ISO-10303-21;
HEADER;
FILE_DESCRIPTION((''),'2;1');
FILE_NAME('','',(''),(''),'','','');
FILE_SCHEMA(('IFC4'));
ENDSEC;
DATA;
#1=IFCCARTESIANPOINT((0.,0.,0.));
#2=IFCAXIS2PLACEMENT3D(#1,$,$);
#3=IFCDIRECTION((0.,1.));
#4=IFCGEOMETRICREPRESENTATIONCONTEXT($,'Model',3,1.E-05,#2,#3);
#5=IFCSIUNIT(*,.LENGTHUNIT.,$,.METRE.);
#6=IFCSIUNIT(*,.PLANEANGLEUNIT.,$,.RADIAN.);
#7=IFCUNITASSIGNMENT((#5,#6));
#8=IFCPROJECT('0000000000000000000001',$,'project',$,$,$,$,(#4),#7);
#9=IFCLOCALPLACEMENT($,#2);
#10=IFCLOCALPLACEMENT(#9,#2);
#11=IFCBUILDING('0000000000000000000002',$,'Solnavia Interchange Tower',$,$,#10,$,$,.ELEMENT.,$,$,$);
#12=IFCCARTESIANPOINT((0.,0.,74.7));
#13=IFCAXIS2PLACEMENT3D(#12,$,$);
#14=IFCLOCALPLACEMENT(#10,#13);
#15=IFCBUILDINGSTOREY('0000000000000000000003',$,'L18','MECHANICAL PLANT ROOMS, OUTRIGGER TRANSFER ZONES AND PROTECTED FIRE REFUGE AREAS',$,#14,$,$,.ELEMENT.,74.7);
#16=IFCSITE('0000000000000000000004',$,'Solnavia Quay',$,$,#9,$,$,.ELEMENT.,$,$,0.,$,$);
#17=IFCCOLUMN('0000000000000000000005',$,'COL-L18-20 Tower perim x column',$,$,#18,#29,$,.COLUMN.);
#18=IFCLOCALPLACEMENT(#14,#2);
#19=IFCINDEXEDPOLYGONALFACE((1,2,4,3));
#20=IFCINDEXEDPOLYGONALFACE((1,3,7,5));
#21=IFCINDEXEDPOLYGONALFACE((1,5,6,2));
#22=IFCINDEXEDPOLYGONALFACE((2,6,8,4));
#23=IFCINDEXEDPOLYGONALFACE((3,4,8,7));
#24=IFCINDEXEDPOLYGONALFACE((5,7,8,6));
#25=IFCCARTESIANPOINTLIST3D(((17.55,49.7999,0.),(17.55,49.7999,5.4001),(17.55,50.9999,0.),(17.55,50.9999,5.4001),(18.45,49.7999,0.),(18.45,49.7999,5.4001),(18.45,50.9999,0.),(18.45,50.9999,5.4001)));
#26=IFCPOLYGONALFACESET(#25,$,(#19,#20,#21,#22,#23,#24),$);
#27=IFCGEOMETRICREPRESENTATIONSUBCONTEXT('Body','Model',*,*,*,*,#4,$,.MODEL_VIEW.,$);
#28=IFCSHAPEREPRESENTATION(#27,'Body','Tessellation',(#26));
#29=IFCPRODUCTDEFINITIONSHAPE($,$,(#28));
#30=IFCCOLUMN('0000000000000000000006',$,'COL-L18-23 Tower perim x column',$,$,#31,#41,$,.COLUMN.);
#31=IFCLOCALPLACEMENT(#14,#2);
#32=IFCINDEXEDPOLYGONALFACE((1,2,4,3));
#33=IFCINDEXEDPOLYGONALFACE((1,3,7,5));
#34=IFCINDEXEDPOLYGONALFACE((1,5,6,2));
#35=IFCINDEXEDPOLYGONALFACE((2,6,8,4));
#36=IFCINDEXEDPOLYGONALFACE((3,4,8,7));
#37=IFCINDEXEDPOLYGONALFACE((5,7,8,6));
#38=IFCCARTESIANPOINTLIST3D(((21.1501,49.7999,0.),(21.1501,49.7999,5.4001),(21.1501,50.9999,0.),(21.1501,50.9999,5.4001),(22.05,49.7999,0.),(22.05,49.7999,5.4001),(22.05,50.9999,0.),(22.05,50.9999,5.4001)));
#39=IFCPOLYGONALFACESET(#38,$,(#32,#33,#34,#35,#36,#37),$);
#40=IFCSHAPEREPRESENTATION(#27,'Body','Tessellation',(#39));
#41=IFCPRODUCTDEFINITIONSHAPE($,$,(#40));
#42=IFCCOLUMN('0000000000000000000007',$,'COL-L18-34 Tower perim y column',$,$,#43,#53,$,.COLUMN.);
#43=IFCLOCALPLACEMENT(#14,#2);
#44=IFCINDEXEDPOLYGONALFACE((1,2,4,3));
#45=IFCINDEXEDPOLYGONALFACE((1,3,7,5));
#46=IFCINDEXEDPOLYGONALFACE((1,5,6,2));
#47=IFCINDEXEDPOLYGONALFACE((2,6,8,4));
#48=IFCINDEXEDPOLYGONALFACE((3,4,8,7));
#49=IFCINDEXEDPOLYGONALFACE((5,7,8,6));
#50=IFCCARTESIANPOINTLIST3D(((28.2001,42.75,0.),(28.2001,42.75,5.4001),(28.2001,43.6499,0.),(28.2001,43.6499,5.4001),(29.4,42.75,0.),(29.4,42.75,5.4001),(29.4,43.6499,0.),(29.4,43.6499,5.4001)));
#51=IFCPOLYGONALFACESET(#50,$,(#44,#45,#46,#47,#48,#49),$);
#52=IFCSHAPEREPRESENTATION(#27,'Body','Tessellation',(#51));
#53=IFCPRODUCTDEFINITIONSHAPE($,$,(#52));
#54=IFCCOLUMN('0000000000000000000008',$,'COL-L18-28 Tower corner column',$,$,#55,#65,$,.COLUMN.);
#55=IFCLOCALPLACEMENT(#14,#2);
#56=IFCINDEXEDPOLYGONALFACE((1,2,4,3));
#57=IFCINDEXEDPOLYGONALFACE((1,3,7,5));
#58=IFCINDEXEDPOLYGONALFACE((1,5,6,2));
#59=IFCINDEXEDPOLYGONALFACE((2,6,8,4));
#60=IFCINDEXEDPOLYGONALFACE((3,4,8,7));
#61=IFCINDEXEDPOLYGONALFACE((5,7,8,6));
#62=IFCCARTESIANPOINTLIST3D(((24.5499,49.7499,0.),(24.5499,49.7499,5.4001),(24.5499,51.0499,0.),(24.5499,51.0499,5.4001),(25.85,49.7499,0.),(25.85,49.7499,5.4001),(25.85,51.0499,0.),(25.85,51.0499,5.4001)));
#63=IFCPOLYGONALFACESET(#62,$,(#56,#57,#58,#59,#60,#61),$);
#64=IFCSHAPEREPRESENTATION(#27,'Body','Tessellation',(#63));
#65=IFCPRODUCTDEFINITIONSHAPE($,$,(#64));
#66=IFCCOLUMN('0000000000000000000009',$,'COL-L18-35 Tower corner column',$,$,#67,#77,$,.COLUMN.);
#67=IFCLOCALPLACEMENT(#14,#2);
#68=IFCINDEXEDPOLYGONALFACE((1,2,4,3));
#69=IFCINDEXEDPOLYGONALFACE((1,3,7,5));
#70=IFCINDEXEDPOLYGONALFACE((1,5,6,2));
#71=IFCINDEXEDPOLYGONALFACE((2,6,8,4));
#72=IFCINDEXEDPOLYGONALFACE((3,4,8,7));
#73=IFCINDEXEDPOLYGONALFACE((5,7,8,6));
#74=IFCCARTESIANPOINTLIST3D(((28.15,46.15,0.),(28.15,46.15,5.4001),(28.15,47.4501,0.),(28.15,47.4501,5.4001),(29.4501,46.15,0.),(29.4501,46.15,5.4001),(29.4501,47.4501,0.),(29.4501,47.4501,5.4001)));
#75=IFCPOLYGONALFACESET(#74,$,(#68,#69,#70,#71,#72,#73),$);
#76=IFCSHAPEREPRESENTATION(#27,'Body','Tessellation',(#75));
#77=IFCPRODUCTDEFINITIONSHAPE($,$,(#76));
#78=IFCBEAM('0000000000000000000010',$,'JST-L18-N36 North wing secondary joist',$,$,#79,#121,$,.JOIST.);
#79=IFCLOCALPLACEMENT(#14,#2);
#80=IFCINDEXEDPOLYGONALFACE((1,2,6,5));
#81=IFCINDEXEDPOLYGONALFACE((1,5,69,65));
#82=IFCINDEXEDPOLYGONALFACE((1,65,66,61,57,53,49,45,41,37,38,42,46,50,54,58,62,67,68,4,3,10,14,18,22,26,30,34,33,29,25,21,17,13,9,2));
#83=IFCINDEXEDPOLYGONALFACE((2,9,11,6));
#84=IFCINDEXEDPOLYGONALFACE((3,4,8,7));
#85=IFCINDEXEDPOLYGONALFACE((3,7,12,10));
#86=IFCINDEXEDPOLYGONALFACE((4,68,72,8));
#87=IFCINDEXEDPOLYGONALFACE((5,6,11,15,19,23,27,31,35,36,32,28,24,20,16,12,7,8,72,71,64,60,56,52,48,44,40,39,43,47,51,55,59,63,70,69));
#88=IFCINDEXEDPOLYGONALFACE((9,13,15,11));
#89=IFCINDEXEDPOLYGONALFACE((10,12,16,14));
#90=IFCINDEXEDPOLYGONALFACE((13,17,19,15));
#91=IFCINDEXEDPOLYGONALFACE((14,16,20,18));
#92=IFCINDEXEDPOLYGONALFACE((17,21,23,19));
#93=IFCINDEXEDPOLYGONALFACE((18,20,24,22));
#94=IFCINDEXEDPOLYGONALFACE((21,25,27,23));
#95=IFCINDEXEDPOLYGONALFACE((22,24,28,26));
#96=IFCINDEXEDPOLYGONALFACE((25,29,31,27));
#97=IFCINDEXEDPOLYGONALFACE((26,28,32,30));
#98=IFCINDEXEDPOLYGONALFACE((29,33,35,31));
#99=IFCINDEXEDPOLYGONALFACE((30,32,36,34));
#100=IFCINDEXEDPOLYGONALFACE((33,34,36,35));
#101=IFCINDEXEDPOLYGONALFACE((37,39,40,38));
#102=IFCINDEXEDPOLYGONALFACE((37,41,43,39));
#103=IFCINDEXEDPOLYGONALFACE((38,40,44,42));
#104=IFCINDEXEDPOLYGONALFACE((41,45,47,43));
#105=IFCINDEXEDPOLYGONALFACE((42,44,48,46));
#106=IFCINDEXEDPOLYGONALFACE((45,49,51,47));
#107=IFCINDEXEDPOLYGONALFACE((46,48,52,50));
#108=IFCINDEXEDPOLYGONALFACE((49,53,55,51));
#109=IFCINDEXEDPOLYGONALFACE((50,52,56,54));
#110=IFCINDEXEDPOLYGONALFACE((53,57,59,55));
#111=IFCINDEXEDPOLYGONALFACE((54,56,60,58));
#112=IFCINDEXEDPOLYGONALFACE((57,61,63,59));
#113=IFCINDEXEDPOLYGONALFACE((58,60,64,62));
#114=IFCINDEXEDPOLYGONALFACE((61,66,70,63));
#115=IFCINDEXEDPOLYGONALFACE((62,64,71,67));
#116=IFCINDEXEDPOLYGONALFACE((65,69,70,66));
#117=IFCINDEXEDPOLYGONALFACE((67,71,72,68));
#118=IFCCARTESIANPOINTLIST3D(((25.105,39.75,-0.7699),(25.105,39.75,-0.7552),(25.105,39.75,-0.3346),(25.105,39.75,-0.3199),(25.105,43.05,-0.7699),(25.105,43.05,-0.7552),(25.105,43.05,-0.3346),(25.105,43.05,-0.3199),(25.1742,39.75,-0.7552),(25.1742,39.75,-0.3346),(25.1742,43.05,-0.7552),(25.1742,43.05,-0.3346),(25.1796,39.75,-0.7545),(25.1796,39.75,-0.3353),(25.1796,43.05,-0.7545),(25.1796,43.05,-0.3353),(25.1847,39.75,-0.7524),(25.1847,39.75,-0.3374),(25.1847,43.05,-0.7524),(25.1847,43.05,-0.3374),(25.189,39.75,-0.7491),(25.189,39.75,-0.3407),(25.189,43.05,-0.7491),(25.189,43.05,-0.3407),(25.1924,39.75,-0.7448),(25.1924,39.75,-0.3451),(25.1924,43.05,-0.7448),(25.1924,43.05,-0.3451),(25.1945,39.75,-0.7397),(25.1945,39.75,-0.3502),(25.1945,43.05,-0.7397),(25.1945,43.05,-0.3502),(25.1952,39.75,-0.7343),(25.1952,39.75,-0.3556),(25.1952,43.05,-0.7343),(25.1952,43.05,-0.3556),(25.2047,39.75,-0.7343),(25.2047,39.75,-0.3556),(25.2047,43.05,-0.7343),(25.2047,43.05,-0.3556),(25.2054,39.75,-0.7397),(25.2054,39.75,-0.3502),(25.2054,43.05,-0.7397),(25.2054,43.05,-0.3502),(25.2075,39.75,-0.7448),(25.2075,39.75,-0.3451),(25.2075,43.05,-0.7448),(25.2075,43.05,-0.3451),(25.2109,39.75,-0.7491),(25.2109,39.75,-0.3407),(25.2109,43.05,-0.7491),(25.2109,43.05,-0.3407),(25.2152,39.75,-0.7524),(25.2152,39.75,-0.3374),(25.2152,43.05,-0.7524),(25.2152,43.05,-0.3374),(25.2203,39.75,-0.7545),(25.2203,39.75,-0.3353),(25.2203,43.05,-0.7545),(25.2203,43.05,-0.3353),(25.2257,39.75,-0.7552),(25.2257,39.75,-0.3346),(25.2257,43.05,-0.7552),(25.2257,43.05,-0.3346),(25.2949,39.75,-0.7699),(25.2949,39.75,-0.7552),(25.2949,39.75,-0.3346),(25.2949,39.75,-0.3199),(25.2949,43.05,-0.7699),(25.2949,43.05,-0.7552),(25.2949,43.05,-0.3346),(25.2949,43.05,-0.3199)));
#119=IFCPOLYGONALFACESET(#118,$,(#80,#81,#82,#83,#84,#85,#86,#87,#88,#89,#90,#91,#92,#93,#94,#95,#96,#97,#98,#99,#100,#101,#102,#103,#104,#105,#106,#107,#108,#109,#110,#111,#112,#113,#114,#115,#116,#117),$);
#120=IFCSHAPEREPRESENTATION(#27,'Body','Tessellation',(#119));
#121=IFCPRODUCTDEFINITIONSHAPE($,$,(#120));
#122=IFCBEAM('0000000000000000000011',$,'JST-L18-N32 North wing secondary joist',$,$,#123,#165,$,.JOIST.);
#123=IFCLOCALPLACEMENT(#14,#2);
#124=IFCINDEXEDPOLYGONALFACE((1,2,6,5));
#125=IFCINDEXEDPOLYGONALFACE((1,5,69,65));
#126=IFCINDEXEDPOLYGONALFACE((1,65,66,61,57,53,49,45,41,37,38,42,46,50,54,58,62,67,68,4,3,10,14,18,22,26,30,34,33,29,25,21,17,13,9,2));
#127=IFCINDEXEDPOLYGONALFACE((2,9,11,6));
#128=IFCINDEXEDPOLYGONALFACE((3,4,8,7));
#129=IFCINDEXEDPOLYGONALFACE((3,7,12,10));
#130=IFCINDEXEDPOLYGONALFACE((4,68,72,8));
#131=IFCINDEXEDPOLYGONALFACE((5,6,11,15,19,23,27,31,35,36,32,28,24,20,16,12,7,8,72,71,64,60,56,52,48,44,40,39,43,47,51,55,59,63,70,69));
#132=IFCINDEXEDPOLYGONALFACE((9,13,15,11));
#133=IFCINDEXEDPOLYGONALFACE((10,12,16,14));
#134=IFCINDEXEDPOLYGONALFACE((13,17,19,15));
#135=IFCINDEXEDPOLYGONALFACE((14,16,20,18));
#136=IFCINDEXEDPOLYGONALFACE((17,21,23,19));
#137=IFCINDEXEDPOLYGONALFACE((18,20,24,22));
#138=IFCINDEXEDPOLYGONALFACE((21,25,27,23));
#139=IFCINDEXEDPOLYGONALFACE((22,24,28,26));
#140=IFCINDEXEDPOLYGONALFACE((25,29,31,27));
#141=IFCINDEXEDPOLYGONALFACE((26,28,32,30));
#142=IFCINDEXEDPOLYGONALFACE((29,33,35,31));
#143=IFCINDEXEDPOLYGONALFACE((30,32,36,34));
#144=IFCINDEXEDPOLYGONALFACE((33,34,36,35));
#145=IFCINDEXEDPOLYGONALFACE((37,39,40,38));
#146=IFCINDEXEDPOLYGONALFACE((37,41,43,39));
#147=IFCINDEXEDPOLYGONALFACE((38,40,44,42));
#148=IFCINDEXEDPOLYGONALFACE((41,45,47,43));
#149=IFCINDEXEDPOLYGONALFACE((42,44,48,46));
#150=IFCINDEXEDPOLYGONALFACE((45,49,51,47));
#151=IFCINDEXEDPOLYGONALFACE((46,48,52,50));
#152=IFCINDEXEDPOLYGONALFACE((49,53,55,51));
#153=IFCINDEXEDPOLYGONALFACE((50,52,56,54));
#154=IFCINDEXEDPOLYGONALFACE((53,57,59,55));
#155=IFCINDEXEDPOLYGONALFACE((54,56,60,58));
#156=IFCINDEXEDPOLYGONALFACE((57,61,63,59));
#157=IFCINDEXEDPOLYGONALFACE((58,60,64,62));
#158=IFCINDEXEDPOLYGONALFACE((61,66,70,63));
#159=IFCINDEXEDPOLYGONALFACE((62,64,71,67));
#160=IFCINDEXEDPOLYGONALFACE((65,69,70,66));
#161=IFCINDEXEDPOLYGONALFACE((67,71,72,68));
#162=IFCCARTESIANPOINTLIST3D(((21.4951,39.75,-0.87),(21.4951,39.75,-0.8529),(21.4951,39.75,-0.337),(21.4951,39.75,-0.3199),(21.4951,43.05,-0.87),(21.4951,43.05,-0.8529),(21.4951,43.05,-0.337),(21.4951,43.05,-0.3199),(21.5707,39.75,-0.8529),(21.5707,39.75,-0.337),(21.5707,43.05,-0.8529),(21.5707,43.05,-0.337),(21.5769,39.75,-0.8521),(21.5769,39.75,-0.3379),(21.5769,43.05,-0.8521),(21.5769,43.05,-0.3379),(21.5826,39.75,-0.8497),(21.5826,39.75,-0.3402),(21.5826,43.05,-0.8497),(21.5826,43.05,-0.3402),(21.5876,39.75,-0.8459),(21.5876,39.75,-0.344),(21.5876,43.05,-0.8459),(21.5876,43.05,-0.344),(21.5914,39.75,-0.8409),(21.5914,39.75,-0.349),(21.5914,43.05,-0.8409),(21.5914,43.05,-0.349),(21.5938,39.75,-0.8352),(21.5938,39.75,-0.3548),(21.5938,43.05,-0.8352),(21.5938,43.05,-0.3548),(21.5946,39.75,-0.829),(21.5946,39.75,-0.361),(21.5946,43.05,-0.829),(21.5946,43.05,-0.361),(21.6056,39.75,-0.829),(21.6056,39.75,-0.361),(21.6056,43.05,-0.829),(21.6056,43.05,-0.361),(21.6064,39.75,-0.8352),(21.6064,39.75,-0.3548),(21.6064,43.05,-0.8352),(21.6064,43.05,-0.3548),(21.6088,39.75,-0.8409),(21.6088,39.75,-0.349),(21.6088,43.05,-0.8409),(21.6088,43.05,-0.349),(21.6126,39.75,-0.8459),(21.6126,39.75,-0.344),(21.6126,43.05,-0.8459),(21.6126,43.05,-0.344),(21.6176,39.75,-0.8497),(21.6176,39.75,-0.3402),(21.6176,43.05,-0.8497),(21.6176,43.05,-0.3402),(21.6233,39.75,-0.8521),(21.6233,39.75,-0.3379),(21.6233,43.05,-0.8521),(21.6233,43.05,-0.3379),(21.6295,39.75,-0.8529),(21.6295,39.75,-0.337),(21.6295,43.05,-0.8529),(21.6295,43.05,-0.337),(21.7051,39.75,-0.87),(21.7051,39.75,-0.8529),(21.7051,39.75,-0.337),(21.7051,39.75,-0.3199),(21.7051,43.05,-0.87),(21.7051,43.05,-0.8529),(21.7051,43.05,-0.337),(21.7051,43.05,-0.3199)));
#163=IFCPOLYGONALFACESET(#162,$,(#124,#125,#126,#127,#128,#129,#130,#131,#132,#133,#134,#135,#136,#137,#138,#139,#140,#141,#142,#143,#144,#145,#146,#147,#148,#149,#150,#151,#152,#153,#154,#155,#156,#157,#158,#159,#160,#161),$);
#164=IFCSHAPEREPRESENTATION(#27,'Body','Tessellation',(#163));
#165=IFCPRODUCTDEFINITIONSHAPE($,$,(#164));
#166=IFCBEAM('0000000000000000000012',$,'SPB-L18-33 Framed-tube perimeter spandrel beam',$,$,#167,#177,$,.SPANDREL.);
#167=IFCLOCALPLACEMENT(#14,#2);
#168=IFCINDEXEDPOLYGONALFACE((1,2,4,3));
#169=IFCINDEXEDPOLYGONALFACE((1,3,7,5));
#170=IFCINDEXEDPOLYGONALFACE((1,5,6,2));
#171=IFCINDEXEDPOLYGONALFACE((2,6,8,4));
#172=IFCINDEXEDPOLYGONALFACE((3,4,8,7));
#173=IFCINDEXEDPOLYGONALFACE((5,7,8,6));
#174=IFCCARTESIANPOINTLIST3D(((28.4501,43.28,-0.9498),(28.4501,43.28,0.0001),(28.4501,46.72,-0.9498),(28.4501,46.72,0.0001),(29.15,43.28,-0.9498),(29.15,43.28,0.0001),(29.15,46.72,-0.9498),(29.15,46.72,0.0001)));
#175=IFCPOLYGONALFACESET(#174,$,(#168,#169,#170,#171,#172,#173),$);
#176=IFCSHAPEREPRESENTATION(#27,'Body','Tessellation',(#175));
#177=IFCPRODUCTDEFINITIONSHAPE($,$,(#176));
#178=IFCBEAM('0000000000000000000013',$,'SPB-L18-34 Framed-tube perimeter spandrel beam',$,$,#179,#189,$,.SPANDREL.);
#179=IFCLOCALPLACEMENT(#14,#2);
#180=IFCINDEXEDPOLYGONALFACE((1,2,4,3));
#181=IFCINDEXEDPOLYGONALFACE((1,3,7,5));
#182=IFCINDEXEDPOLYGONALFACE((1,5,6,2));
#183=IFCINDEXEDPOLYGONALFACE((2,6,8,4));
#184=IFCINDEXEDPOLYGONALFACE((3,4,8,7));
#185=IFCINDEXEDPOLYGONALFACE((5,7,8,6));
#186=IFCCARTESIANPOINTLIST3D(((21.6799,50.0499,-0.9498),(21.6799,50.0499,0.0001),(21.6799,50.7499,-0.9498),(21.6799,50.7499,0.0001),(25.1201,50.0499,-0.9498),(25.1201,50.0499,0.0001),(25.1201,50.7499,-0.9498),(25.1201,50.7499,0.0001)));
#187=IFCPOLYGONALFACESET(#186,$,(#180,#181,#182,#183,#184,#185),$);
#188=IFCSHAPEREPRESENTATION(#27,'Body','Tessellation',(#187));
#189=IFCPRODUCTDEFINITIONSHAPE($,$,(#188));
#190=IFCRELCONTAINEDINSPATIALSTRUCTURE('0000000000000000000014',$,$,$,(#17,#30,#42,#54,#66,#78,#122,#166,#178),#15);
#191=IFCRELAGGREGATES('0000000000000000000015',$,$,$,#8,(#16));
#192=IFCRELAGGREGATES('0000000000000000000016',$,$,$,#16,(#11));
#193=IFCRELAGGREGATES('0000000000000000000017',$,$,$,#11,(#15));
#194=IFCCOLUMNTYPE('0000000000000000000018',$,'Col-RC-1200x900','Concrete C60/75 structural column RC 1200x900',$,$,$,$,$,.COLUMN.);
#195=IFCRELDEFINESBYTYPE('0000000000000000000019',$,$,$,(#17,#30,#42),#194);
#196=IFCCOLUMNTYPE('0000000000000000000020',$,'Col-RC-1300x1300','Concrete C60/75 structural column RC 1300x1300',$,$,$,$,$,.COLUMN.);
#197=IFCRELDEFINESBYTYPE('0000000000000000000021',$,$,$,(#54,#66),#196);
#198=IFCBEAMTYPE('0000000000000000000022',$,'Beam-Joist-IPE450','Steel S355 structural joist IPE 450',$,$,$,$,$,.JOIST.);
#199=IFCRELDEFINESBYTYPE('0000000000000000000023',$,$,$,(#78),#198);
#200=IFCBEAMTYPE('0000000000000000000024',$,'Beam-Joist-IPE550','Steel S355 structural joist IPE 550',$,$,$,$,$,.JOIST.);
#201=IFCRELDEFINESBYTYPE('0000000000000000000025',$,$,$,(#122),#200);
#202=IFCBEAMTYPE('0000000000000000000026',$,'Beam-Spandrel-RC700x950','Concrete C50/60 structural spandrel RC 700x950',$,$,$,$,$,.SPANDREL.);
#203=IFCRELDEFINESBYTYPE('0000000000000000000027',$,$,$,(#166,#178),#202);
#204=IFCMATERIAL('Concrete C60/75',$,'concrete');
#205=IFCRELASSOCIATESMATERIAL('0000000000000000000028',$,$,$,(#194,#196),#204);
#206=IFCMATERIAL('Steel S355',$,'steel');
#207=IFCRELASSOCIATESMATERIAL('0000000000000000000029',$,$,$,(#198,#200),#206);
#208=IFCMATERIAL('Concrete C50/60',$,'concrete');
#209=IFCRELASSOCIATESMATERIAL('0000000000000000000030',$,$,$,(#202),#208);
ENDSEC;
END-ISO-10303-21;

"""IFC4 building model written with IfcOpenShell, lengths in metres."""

from ifc_helpers import new_model, si_unit, direction, frame, origin, origin_2d, place, context, subcontext, project, spatial, rectangle, i_section, extrude, material, material_profile, profile_set, type_object, element, save


model = new_model("IFC4")

# Units and contexts
model_context = context("Model", 3, precision=1e-05, world=origin(), true_north=direction((0.0, 1.0)))
body_context = subcontext(model_context, "Body", "Model", "MODEL_VIEW")
ifc_project = project(units=[si_unit("LENGTHUNIT", "METRE"), si_unit("PLANEANGLEUNIT", "RADIAN")], contexts=[model_context])

# Site, building, storey
site_placement = place(None, origin())
site = spatial("IfcSite", under=ifc_project, at=site_placement, Name="Solnavia Quay", CompositionType="ELEMENT", RefElevation=0.0)
building_placement = place(site_placement, origin())
building = spatial("IfcBuilding", under=site, at=building_placement, Name="Solnavia Interchange Tower", CompositionType="ELEMENT")
storey_placement = place(building_placement, frame((0.0, 0.0, 74.7)))
storey = spatial("IfcBuildingStorey", under=building, at=storey_placement, Name="L18", Description="MECHANICAL PLANT ROOMS, OUTRIGGER TRANSFER ZONES AND PROTECTED FIRE REFUGE AREAS", CompositionType="ELEMENT", Elevation=74.7)

# Columns
ifc_material_1 = material(Name="Concrete C60/75", Category="concrete")
ifc_material_profile_1 = material_profile(ifc_material_1, rectangle(XDim=0.8999, YDim=1.2, at=origin_2d()), Name="RC 1200x900")
ifc_profile_set_1 = profile_set([ifc_material_profile_1], Name="Concrete C60/75")
column_type_1 = type_object("IfcColumnType", Name="Col-RC-1200x900", Description="Concrete C60/75 structural column RC 1200x900", PredefinedType="COLUMN", material=ifc_profile_set_1)
for number, where, z_axis, x_axis, name in (
    (1, (18.0, 50.3999, 0.0), (0.0, 0.0, 1.0), (1.0, 0.0, 0.0), "COL-L18-20 Tower perim x column"),
    (2, (21.6001, 50.3999, 0.0), (0.0, 0.0, 1.0), (1.0, 0.0, 0.0), "COL-L18-23 Tower perim x column"),
    (3, (28.8, 43.2, 0.0), (0.0, 0.0, 1.0), (0.0, 1.0, 0.0), "COL-L18-34 Tower perim y column"),
):
    element("IfcColumn", number, at=place(storey_placement, frame(where, z_axis=z_axis, x_axis=x_axis)), inside=storey, type_object=column_type_1, Name=name, PredefinedType="COLUMN", context=body_context, shape_type="SweptSolid", body=[
        extrude(rectangle(XDim=0.8999, YDim=1.2, at=origin_2d()), origin(), (0.0, 0.0, 1.0), 5.4001),
    ])
ifc_material_profile_2 = material_profile(ifc_material_1, rectangle(XDim=1.3, YDim=1.3, at=origin_2d()), Name="RC 1300x1300")
ifc_profile_set_2 = profile_set([ifc_material_profile_2], Name="Concrete C60/75")
column_type_2 = type_object("IfcColumnType", Name="Col-RC-1300x1300", Description="Concrete C60/75 structural column RC 1300x1300", PredefinedType="COLUMN", material=ifc_profile_set_2)
for number, where, z_axis, x_axis, name in (
    (4, (25.2, 50.3999, 0.0), (0.0, 0.0, 1.0), (1.0, 0.0, 0.0), "COL-L18-28 Tower corner column"),
    (5, (28.8, 46.8, 0.0), (0.0, 0.0, 1.0), (0.0, 1.0, 0.0), "COL-L18-35 Tower corner column"),
):
    element("IfcColumn", number, at=place(storey_placement, frame(where, z_axis=z_axis, x_axis=x_axis)), inside=storey, type_object=column_type_2, Name=name, PredefinedType="COLUMN", context=body_context, shape_type="SweptSolid", body=[
        extrude(rectangle(XDim=1.3, YDim=1.3, at=origin_2d()), origin(), (0.0, 0.0, 1.0), 5.4001),
    ])

# Beams
ifc_material_2 = material(Name="Steel S355", Category="steel")
ifc_material_profile_3 = material_profile(ifc_material_2, i_section(OverallWidth=0.1899, OverallDepth=0.45, WebThickness=0.0095, FlangeThickness=0.0146, FilletRadius=0.021, at=origin_2d()), Name="IPE 450")
ifc_profile_set_3 = profile_set([ifc_material_profile_3], Name="Steel S355")
beam_type_1 = type_object("IfcBeamType", Name="Beam-Joist-IPE450", Description="Steel S355 structural joist IPE 450", PredefinedType="JOIST", material=ifc_profile_set_3)
beam_1_placement = place(storey_placement, frame((25.2, 39.75, -0.5449), z_axis=(0.0, 1.0, 0.0), x_axis=(-1.0, 0.0, 0.0)))
element("IfcBeam", 6, at=beam_1_placement, inside=storey, type_object=beam_type_1, Name="JST-L18-N36 North wing secondary joist", PredefinedType="JOIST", context=body_context, shape_type="SweptSolid", body=[
    extrude(i_section(OverallWidth=0.1899, OverallDepth=0.45, WebThickness=0.0095, FlangeThickness=0.0146, FilletRadius=0.021, at=origin_2d()), origin(), (0.0, 0.0, 1.0), 3.3),
])
ifc_material_profile_4 = material_profile(ifc_material_2, i_section(OverallWidth=0.21, OverallDepth=0.55, WebThickness=0.011, FlangeThickness=0.0171, FilletRadius=0.0239, at=origin_2d()), Name="IPE 550")
ifc_profile_set_4 = profile_set([ifc_material_profile_4], Name="Steel S355")
beam_type_2 = type_object("IfcBeamType", Name="Beam-Joist-IPE550", Description="Steel S355 structural joist IPE 550", PredefinedType="JOIST", material=ifc_profile_set_4)
beam_2_placement = place(storey_placement, frame((21.6001, 39.75, -0.595), z_axis=(0.0, 1.0, 0.0), x_axis=(-1.0, 0.0, 0.0)))
element("IfcBeam", 7, at=beam_2_placement, inside=storey, type_object=beam_type_2, Name="JST-L18-N32 North wing secondary joist", PredefinedType="JOIST", context=body_context, shape_type="SweptSolid", body=[
    extrude(i_section(OverallWidth=0.21, OverallDepth=0.55, WebThickness=0.011, FlangeThickness=0.0171, FilletRadius=0.0239, at=origin_2d()), origin(), (0.0, 0.0, 1.0), 3.3),
])
ifc_material_3 = material(Name="Concrete C50/60", Category="concrete")
ifc_material_profile_5 = material_profile(ifc_material_3, rectangle(XDim=0.7, YDim=0.95, at=origin_2d()), Name="RC 700x950")
ifc_profile_set_5 = profile_set([ifc_material_profile_5], Name="Concrete C50/60")
beam_type_3 = type_object("IfcBeamType", Name="Beam-Spandrel-RC700x950", Description="Concrete C50/60 structural spandrel RC 700x950", PredefinedType="SPANDREL", material=ifc_profile_set_5)
beam_3_placement = place(storey_placement, frame((28.8, 43.28, -0.4749), z_axis=(0.0, 1.0, 0.0), x_axis=(-1.0, 0.0, 0.0)))
element("IfcBeam", 8, at=beam_3_placement, inside=storey, type_object=beam_type_3, Name="SPB-L18-33 Framed-tube perimeter spandrel beam", PredefinedType="SPANDREL", context=body_context, shape_type="SweptSolid", body=[
    extrude(rectangle(XDim=0.7, YDim=0.95, at=origin_2d()), origin(), (0.0, 0.0, 1.0), 3.4399),
])
beam_4_placement = place(storey_placement, frame((25.1201, 50.3999, -0.4749), z_axis=(-1.0, 0.0, 0.0), x_axis=(0.0, -1.0, 0.0)))
element("IfcBeam", 9, at=beam_4_placement, inside=storey, type_object=beam_type_3, Name="SPB-L18-34 Framed-tube perimeter spandrel beam", PredefinedType="SPANDREL", context=body_context, shape_type="SweptSolid", body=[
    extrude(rectangle(XDim=0.7, YDim=0.95, at=origin_2d()), origin(), (0.0, 0.0, 1.0), 3.4402),
])

save(model, "model.ifc")
